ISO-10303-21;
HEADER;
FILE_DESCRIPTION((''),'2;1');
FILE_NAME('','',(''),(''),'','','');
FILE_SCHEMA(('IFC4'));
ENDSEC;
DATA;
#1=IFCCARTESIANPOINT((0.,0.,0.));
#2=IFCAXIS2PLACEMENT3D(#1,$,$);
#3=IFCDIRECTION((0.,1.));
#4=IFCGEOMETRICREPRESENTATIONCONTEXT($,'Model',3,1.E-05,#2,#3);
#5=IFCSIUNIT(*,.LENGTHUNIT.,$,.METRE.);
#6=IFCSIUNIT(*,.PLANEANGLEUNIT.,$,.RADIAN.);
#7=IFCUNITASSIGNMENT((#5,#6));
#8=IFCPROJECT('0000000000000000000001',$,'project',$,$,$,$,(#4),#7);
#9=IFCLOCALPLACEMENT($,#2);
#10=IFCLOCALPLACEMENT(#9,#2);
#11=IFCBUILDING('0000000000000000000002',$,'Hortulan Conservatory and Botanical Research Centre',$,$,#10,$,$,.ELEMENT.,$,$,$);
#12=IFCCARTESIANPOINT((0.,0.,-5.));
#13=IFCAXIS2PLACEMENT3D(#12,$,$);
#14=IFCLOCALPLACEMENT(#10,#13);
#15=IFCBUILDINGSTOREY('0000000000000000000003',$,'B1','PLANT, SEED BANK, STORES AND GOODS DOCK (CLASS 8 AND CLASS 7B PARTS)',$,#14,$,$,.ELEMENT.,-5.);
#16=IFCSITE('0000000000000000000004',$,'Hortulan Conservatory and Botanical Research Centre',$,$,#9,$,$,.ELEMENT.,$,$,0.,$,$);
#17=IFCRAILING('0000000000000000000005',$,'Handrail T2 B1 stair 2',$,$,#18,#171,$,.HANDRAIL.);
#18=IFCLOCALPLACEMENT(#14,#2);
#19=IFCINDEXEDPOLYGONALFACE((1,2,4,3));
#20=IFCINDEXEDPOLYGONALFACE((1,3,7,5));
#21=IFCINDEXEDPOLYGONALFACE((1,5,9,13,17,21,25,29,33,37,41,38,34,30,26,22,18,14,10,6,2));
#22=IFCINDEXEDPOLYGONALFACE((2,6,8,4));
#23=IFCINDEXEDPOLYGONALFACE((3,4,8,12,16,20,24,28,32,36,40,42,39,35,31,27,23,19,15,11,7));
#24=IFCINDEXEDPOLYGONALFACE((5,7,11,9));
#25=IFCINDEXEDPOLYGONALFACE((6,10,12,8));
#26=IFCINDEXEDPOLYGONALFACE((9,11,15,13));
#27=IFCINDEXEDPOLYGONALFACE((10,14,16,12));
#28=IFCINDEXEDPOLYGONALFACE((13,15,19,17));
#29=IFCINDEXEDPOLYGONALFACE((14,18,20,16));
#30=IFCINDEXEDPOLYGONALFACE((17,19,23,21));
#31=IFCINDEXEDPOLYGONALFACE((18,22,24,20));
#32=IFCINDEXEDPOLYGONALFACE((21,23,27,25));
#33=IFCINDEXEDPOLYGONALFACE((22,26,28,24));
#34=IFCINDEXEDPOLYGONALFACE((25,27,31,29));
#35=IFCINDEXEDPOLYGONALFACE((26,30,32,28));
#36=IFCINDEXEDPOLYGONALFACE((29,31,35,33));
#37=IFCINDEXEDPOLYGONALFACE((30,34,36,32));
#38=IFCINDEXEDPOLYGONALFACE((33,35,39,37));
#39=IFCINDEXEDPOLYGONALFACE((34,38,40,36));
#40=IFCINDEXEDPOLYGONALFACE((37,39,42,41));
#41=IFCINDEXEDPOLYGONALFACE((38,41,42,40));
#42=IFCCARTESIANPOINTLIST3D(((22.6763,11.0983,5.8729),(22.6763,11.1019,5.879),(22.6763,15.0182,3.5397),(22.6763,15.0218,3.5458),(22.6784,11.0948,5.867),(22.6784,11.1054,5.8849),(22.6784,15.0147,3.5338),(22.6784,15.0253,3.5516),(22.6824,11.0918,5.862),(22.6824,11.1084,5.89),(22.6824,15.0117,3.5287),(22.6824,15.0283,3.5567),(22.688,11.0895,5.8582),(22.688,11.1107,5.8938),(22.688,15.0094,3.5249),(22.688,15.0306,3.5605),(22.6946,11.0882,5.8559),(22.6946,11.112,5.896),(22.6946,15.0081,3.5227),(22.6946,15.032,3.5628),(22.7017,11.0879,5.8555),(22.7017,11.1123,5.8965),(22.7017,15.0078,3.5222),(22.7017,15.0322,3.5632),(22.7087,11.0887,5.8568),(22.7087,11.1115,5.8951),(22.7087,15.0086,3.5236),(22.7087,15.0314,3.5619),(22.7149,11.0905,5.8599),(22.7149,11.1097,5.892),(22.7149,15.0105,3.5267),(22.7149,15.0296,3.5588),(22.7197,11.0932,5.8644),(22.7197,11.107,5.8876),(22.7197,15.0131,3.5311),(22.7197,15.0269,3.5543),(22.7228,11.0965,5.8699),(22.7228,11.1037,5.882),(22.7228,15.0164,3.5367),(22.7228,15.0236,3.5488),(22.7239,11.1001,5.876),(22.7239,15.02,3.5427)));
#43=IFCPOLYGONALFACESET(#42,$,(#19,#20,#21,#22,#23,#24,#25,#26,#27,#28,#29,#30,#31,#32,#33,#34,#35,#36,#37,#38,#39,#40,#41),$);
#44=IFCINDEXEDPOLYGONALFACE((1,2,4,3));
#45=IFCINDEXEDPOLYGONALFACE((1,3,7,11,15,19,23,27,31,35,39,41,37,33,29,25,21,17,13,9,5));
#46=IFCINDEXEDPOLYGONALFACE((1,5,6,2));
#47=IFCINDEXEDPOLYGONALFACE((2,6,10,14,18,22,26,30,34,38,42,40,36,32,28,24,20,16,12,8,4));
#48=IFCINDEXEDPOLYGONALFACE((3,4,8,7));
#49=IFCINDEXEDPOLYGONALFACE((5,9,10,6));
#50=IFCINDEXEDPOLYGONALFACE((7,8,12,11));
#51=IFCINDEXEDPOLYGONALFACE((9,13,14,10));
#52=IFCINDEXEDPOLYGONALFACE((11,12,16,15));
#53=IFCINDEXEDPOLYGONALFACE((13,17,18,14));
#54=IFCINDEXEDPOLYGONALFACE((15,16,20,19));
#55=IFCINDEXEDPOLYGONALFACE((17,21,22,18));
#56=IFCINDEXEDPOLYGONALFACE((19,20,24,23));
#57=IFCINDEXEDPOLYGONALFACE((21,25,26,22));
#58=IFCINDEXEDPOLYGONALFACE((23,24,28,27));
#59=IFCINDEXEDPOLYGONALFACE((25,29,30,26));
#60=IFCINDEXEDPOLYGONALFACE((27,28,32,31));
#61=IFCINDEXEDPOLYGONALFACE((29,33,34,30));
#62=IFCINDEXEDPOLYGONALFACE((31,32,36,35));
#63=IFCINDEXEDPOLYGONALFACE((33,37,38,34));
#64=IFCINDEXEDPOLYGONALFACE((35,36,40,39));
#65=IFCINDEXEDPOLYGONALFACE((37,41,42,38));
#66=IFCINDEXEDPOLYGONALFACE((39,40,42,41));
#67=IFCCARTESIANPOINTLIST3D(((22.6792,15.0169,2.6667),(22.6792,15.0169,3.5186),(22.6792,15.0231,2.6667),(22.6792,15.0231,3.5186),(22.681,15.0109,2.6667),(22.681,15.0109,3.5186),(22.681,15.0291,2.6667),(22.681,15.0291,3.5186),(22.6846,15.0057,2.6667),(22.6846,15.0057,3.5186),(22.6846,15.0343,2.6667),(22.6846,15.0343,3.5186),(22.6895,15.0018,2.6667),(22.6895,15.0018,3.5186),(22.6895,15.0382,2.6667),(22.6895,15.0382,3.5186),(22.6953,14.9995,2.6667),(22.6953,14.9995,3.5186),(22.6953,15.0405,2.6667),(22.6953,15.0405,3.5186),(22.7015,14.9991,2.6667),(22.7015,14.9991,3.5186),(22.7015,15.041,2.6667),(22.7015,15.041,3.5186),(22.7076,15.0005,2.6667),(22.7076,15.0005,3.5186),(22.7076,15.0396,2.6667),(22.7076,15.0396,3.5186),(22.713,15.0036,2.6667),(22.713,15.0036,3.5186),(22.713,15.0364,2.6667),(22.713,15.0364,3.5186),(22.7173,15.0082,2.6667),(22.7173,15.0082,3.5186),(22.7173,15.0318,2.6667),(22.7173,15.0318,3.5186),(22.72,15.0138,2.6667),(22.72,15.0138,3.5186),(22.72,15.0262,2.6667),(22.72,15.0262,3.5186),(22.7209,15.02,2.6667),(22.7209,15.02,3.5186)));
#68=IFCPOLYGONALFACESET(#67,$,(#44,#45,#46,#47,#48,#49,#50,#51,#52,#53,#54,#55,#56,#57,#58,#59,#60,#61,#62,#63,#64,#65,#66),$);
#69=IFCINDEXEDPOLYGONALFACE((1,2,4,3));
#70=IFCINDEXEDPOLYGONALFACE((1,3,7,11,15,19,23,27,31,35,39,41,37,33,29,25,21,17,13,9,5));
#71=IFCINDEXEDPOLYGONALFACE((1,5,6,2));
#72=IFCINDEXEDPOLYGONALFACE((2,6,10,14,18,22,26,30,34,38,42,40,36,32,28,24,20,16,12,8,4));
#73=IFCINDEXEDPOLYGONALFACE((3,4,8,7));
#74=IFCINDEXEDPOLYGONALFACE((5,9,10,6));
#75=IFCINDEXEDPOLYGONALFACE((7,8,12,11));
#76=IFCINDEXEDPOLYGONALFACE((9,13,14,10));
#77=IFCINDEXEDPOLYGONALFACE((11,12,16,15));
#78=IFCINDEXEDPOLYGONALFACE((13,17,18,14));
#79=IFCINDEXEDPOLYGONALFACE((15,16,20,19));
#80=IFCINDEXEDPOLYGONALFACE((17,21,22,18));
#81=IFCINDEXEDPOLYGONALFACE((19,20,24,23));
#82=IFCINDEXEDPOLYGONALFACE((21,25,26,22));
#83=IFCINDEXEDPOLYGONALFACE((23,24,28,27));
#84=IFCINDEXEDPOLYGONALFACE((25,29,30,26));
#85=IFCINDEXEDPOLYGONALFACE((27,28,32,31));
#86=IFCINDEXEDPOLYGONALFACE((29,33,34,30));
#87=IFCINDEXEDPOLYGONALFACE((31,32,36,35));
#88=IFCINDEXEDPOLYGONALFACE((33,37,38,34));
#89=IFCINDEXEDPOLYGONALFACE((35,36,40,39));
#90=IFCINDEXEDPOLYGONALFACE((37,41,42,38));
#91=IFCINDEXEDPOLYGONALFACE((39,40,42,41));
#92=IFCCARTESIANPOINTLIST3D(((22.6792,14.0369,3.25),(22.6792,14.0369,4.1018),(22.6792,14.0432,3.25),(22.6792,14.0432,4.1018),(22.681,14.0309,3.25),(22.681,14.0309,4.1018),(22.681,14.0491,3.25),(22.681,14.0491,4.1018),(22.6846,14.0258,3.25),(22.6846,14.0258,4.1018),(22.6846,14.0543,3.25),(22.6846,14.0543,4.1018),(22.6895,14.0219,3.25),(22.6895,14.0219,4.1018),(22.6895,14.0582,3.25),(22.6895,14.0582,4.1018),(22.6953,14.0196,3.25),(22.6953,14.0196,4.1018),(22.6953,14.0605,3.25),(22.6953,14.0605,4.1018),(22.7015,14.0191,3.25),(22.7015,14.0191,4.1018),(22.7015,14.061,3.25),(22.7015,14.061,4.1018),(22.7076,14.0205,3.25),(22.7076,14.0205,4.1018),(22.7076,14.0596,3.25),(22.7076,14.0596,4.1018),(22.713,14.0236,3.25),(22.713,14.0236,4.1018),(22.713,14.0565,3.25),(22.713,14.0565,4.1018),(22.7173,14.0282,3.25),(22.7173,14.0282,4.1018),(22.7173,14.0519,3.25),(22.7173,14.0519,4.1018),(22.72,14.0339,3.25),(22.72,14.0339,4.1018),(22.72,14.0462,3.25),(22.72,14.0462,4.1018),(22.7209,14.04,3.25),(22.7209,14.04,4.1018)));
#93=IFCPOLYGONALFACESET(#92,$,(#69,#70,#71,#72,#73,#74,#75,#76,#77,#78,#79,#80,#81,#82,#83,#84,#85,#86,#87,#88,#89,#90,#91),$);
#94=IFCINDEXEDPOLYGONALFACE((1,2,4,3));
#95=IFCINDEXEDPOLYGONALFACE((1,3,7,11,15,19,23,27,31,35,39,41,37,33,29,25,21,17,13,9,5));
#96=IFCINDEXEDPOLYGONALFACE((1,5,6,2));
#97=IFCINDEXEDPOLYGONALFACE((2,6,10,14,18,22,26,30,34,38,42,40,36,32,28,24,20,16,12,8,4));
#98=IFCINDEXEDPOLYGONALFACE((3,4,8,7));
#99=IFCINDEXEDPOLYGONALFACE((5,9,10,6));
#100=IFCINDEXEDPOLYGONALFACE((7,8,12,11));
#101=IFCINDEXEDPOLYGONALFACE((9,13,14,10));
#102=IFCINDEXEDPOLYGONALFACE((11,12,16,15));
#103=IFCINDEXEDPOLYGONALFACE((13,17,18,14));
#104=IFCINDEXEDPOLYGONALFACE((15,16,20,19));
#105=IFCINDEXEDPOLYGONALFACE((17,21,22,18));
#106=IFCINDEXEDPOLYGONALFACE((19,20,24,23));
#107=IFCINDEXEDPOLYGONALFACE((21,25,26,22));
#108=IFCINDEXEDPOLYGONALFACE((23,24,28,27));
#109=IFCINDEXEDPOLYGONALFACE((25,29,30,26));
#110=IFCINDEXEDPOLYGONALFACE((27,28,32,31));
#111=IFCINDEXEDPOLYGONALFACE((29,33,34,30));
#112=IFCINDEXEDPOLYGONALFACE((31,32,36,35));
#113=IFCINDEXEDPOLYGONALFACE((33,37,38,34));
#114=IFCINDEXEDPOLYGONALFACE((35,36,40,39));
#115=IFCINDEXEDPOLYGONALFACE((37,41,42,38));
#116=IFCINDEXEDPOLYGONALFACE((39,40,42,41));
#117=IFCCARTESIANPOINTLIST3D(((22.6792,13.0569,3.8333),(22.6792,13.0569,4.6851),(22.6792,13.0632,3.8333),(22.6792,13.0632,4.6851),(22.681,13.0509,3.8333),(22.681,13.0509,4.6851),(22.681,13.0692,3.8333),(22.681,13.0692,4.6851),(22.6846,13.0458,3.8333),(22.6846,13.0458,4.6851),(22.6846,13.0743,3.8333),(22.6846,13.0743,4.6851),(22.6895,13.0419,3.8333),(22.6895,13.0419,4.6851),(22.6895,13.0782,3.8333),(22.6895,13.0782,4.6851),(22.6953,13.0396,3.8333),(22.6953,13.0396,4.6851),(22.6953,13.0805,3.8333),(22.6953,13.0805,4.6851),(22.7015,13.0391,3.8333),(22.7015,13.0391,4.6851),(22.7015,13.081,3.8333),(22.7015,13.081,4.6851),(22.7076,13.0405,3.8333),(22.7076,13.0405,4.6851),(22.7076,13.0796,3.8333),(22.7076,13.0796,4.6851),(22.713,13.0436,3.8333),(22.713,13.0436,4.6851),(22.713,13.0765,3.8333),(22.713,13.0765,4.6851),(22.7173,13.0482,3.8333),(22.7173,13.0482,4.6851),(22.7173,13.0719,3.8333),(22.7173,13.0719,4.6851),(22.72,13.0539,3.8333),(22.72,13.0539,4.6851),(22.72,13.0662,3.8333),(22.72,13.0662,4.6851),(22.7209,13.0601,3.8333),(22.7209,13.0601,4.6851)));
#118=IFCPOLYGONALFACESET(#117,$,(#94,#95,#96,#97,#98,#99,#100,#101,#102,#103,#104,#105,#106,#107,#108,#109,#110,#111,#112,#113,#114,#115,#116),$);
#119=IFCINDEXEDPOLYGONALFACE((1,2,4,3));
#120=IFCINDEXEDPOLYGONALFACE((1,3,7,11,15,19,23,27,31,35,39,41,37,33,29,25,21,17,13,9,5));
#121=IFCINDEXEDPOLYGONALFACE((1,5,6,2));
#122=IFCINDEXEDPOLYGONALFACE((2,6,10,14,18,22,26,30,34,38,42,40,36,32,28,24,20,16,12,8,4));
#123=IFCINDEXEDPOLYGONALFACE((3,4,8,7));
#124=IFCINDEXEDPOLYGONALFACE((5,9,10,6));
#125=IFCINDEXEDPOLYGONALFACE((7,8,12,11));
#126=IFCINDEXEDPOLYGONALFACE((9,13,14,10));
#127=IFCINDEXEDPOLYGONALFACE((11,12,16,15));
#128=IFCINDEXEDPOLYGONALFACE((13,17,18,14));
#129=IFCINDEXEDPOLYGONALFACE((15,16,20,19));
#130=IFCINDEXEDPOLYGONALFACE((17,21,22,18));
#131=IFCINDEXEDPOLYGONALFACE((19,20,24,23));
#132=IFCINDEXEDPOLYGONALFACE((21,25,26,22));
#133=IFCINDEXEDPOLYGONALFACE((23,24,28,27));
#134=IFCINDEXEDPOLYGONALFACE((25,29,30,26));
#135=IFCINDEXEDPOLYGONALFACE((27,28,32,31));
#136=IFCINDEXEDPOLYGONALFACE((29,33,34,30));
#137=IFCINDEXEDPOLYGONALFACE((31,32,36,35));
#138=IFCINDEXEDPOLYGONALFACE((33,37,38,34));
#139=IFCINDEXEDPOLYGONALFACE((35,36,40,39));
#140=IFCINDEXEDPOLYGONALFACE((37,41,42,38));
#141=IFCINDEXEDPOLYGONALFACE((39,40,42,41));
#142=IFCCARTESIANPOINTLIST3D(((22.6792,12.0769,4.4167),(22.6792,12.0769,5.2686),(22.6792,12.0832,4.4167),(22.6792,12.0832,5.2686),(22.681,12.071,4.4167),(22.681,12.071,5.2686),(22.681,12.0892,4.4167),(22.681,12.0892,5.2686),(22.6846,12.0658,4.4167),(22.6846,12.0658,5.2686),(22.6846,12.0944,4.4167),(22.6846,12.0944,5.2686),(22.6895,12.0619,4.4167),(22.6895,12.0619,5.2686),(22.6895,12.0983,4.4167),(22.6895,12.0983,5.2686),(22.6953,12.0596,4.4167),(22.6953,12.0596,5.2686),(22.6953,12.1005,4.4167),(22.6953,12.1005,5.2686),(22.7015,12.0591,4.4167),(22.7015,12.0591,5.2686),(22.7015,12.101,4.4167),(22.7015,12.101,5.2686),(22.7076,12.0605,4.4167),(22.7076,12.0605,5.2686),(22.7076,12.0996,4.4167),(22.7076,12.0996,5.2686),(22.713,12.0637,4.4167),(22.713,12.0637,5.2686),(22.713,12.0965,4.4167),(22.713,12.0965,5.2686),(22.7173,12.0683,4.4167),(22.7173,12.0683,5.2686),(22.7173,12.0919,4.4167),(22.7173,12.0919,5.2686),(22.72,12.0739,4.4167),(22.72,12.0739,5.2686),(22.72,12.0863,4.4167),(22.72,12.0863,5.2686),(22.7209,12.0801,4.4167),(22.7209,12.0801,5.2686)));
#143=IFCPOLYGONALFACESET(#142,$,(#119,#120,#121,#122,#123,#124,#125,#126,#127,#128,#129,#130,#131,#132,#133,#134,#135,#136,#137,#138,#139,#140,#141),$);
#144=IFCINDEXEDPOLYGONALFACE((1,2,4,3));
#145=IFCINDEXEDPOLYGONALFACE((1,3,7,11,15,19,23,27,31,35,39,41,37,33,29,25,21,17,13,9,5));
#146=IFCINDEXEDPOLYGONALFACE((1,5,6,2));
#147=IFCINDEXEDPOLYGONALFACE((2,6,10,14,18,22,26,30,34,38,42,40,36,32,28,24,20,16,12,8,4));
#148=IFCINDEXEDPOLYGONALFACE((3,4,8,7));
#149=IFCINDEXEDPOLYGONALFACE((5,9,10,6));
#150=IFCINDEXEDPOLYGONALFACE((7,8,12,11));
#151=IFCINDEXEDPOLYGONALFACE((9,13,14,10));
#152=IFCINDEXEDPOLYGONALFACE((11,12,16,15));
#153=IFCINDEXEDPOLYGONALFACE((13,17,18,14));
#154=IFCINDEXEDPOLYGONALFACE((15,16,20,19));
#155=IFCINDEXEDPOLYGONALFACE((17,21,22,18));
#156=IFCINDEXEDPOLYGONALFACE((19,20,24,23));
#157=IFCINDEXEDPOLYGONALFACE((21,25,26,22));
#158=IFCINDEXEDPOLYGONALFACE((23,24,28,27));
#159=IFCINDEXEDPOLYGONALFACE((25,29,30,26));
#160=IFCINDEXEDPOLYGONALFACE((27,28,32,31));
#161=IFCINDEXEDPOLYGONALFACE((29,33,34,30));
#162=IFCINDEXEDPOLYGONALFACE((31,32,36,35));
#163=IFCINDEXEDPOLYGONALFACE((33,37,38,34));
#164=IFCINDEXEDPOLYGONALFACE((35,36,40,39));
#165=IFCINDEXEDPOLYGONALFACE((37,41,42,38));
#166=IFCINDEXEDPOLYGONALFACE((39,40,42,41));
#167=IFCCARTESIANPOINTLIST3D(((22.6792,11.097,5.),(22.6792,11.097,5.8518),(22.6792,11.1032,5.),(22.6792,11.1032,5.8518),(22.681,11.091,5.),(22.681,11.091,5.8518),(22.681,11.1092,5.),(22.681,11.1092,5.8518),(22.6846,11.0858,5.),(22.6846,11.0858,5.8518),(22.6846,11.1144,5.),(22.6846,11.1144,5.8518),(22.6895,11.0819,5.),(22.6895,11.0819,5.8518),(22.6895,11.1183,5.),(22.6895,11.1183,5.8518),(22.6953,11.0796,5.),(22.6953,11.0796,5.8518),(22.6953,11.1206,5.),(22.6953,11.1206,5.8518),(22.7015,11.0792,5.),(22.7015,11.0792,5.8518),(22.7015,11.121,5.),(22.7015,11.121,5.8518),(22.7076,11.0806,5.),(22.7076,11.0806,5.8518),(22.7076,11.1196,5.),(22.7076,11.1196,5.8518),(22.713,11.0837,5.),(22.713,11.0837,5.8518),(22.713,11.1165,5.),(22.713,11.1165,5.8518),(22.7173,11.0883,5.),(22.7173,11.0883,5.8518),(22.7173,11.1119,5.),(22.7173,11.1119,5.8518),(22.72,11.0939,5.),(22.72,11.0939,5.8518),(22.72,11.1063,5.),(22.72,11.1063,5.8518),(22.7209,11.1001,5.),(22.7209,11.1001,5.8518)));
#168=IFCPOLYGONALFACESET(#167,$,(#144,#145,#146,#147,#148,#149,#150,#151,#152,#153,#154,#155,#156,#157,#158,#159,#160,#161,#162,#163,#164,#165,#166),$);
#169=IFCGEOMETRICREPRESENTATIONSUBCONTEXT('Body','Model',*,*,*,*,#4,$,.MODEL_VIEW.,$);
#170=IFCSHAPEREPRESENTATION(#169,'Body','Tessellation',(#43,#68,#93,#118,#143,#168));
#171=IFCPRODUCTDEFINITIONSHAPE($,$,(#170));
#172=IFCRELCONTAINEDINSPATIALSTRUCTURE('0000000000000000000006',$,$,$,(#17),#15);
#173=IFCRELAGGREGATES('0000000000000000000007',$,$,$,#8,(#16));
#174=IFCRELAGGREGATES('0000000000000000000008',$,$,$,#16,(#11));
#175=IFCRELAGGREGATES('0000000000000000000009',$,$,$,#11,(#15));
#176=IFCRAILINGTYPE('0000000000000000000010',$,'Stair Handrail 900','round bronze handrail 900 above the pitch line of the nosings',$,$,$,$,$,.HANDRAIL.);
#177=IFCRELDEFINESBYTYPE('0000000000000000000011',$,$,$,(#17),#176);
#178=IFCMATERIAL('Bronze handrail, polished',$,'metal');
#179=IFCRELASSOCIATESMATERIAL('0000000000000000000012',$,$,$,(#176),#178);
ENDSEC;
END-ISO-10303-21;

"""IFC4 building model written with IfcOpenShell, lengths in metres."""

from ifc_helpers import new_model, si_unit, direction, frame, origin, origin_2d, place, context, subcontext, project, spatial, circle, extrude, material, type_object, element, save


model = new_model("IFC4")

# Units and contexts
model_context = context("Model", 3, precision=1e-05, world=origin(), true_north=direction((0.0, 1.0)))
body_context = subcontext(model_context, "Body", "Model", "MODEL_VIEW")
ifc_project = project(units=[si_unit("LENGTHUNIT", "METRE"), si_unit("PLANEANGLEUNIT", "RADIAN")], contexts=[model_context])

# Site, building, storey
site_placement = place(None, origin())
site = spatial("IfcSite", under=ifc_project, at=site_placement, Name="Hortulan Conservatory and Botanical Research Centre", CompositionType="ELEMENT", RefElevation=0.0)
building_placement = place(site_placement, origin())
building = spatial("IfcBuilding", under=site, at=building_placement, Name="Hortulan Conservatory and Botanical Research Centre", CompositionType="ELEMENT")
storey_placement = place(building_placement, frame((0.0, 0.0, -5.0)))
storey = spatial("IfcBuildingStorey", under=building, at=storey_placement, Name="B1", Description="PLANT, SEED BANK, STORES AND GOODS DOCK (CLASS 8 AND CLASS 7B PARTS)", CompositionType="ELEMENT", Elevation=-5.0)

# Railing
ifc_material_1 = material(Name="Bronze handrail, polished", Category="metal")
railing_type_1 = type_object("IfcRailingType", Name="Stair Handrail 900", Description="round bronze handrail 900 above the pitch line of the nosings", PredefinedType="HANDRAIL", material=ifc_material_1)
for number, where, name in (
    (1, (22.7, 15.02, 2.6667), "Handrail T2 B1 stair 2"),
):
    element("IfcRailing", number, at=place(storey_placement, frame(where)), inside=storey, type_object=railing_type_1, Name=name, PredefinedType="HANDRAIL", context=body_context, shape_type="SweptSolid", body=[
        extrude(circle(Radius=0.0239, at=origin_2d()), frame((0.0, 0.0, 0.876), z_axis=(0.0, -0.859296, 0.511478), x_axis=(1.0, 0.0, 0.0)), (0.0, 0.0, 1.0), 4.5618),
        extrude(circle(Radius=0.021, at=origin_2d()), origin(), (0.0, 0.0, 1.0), 0.8518),
        extrude(circle(Radius=0.021, at=origin_2d()), frame((0.0, -0.98, 0.5833)), (0.0, 0.0, 1.0), 0.8518),
        extrude(circle(Radius=0.021, at=origin_2d()), frame((0.0, -1.96, 1.1665)), (0.0, 0.0, 1.0), 0.8518),
        extrude(circle(Radius=0.021, at=origin_2d()), frame((0.0, -2.9399, 1.75)), (0.0, 0.0, 1.0), 0.8518),
        extrude(circle(Radius=0.021, at=origin_2d()), frame((0.0, -3.9199, 2.3333)), (0.0, 0.0, 1.0), 0.8518),
    ])

save(model, "model.ifc")
